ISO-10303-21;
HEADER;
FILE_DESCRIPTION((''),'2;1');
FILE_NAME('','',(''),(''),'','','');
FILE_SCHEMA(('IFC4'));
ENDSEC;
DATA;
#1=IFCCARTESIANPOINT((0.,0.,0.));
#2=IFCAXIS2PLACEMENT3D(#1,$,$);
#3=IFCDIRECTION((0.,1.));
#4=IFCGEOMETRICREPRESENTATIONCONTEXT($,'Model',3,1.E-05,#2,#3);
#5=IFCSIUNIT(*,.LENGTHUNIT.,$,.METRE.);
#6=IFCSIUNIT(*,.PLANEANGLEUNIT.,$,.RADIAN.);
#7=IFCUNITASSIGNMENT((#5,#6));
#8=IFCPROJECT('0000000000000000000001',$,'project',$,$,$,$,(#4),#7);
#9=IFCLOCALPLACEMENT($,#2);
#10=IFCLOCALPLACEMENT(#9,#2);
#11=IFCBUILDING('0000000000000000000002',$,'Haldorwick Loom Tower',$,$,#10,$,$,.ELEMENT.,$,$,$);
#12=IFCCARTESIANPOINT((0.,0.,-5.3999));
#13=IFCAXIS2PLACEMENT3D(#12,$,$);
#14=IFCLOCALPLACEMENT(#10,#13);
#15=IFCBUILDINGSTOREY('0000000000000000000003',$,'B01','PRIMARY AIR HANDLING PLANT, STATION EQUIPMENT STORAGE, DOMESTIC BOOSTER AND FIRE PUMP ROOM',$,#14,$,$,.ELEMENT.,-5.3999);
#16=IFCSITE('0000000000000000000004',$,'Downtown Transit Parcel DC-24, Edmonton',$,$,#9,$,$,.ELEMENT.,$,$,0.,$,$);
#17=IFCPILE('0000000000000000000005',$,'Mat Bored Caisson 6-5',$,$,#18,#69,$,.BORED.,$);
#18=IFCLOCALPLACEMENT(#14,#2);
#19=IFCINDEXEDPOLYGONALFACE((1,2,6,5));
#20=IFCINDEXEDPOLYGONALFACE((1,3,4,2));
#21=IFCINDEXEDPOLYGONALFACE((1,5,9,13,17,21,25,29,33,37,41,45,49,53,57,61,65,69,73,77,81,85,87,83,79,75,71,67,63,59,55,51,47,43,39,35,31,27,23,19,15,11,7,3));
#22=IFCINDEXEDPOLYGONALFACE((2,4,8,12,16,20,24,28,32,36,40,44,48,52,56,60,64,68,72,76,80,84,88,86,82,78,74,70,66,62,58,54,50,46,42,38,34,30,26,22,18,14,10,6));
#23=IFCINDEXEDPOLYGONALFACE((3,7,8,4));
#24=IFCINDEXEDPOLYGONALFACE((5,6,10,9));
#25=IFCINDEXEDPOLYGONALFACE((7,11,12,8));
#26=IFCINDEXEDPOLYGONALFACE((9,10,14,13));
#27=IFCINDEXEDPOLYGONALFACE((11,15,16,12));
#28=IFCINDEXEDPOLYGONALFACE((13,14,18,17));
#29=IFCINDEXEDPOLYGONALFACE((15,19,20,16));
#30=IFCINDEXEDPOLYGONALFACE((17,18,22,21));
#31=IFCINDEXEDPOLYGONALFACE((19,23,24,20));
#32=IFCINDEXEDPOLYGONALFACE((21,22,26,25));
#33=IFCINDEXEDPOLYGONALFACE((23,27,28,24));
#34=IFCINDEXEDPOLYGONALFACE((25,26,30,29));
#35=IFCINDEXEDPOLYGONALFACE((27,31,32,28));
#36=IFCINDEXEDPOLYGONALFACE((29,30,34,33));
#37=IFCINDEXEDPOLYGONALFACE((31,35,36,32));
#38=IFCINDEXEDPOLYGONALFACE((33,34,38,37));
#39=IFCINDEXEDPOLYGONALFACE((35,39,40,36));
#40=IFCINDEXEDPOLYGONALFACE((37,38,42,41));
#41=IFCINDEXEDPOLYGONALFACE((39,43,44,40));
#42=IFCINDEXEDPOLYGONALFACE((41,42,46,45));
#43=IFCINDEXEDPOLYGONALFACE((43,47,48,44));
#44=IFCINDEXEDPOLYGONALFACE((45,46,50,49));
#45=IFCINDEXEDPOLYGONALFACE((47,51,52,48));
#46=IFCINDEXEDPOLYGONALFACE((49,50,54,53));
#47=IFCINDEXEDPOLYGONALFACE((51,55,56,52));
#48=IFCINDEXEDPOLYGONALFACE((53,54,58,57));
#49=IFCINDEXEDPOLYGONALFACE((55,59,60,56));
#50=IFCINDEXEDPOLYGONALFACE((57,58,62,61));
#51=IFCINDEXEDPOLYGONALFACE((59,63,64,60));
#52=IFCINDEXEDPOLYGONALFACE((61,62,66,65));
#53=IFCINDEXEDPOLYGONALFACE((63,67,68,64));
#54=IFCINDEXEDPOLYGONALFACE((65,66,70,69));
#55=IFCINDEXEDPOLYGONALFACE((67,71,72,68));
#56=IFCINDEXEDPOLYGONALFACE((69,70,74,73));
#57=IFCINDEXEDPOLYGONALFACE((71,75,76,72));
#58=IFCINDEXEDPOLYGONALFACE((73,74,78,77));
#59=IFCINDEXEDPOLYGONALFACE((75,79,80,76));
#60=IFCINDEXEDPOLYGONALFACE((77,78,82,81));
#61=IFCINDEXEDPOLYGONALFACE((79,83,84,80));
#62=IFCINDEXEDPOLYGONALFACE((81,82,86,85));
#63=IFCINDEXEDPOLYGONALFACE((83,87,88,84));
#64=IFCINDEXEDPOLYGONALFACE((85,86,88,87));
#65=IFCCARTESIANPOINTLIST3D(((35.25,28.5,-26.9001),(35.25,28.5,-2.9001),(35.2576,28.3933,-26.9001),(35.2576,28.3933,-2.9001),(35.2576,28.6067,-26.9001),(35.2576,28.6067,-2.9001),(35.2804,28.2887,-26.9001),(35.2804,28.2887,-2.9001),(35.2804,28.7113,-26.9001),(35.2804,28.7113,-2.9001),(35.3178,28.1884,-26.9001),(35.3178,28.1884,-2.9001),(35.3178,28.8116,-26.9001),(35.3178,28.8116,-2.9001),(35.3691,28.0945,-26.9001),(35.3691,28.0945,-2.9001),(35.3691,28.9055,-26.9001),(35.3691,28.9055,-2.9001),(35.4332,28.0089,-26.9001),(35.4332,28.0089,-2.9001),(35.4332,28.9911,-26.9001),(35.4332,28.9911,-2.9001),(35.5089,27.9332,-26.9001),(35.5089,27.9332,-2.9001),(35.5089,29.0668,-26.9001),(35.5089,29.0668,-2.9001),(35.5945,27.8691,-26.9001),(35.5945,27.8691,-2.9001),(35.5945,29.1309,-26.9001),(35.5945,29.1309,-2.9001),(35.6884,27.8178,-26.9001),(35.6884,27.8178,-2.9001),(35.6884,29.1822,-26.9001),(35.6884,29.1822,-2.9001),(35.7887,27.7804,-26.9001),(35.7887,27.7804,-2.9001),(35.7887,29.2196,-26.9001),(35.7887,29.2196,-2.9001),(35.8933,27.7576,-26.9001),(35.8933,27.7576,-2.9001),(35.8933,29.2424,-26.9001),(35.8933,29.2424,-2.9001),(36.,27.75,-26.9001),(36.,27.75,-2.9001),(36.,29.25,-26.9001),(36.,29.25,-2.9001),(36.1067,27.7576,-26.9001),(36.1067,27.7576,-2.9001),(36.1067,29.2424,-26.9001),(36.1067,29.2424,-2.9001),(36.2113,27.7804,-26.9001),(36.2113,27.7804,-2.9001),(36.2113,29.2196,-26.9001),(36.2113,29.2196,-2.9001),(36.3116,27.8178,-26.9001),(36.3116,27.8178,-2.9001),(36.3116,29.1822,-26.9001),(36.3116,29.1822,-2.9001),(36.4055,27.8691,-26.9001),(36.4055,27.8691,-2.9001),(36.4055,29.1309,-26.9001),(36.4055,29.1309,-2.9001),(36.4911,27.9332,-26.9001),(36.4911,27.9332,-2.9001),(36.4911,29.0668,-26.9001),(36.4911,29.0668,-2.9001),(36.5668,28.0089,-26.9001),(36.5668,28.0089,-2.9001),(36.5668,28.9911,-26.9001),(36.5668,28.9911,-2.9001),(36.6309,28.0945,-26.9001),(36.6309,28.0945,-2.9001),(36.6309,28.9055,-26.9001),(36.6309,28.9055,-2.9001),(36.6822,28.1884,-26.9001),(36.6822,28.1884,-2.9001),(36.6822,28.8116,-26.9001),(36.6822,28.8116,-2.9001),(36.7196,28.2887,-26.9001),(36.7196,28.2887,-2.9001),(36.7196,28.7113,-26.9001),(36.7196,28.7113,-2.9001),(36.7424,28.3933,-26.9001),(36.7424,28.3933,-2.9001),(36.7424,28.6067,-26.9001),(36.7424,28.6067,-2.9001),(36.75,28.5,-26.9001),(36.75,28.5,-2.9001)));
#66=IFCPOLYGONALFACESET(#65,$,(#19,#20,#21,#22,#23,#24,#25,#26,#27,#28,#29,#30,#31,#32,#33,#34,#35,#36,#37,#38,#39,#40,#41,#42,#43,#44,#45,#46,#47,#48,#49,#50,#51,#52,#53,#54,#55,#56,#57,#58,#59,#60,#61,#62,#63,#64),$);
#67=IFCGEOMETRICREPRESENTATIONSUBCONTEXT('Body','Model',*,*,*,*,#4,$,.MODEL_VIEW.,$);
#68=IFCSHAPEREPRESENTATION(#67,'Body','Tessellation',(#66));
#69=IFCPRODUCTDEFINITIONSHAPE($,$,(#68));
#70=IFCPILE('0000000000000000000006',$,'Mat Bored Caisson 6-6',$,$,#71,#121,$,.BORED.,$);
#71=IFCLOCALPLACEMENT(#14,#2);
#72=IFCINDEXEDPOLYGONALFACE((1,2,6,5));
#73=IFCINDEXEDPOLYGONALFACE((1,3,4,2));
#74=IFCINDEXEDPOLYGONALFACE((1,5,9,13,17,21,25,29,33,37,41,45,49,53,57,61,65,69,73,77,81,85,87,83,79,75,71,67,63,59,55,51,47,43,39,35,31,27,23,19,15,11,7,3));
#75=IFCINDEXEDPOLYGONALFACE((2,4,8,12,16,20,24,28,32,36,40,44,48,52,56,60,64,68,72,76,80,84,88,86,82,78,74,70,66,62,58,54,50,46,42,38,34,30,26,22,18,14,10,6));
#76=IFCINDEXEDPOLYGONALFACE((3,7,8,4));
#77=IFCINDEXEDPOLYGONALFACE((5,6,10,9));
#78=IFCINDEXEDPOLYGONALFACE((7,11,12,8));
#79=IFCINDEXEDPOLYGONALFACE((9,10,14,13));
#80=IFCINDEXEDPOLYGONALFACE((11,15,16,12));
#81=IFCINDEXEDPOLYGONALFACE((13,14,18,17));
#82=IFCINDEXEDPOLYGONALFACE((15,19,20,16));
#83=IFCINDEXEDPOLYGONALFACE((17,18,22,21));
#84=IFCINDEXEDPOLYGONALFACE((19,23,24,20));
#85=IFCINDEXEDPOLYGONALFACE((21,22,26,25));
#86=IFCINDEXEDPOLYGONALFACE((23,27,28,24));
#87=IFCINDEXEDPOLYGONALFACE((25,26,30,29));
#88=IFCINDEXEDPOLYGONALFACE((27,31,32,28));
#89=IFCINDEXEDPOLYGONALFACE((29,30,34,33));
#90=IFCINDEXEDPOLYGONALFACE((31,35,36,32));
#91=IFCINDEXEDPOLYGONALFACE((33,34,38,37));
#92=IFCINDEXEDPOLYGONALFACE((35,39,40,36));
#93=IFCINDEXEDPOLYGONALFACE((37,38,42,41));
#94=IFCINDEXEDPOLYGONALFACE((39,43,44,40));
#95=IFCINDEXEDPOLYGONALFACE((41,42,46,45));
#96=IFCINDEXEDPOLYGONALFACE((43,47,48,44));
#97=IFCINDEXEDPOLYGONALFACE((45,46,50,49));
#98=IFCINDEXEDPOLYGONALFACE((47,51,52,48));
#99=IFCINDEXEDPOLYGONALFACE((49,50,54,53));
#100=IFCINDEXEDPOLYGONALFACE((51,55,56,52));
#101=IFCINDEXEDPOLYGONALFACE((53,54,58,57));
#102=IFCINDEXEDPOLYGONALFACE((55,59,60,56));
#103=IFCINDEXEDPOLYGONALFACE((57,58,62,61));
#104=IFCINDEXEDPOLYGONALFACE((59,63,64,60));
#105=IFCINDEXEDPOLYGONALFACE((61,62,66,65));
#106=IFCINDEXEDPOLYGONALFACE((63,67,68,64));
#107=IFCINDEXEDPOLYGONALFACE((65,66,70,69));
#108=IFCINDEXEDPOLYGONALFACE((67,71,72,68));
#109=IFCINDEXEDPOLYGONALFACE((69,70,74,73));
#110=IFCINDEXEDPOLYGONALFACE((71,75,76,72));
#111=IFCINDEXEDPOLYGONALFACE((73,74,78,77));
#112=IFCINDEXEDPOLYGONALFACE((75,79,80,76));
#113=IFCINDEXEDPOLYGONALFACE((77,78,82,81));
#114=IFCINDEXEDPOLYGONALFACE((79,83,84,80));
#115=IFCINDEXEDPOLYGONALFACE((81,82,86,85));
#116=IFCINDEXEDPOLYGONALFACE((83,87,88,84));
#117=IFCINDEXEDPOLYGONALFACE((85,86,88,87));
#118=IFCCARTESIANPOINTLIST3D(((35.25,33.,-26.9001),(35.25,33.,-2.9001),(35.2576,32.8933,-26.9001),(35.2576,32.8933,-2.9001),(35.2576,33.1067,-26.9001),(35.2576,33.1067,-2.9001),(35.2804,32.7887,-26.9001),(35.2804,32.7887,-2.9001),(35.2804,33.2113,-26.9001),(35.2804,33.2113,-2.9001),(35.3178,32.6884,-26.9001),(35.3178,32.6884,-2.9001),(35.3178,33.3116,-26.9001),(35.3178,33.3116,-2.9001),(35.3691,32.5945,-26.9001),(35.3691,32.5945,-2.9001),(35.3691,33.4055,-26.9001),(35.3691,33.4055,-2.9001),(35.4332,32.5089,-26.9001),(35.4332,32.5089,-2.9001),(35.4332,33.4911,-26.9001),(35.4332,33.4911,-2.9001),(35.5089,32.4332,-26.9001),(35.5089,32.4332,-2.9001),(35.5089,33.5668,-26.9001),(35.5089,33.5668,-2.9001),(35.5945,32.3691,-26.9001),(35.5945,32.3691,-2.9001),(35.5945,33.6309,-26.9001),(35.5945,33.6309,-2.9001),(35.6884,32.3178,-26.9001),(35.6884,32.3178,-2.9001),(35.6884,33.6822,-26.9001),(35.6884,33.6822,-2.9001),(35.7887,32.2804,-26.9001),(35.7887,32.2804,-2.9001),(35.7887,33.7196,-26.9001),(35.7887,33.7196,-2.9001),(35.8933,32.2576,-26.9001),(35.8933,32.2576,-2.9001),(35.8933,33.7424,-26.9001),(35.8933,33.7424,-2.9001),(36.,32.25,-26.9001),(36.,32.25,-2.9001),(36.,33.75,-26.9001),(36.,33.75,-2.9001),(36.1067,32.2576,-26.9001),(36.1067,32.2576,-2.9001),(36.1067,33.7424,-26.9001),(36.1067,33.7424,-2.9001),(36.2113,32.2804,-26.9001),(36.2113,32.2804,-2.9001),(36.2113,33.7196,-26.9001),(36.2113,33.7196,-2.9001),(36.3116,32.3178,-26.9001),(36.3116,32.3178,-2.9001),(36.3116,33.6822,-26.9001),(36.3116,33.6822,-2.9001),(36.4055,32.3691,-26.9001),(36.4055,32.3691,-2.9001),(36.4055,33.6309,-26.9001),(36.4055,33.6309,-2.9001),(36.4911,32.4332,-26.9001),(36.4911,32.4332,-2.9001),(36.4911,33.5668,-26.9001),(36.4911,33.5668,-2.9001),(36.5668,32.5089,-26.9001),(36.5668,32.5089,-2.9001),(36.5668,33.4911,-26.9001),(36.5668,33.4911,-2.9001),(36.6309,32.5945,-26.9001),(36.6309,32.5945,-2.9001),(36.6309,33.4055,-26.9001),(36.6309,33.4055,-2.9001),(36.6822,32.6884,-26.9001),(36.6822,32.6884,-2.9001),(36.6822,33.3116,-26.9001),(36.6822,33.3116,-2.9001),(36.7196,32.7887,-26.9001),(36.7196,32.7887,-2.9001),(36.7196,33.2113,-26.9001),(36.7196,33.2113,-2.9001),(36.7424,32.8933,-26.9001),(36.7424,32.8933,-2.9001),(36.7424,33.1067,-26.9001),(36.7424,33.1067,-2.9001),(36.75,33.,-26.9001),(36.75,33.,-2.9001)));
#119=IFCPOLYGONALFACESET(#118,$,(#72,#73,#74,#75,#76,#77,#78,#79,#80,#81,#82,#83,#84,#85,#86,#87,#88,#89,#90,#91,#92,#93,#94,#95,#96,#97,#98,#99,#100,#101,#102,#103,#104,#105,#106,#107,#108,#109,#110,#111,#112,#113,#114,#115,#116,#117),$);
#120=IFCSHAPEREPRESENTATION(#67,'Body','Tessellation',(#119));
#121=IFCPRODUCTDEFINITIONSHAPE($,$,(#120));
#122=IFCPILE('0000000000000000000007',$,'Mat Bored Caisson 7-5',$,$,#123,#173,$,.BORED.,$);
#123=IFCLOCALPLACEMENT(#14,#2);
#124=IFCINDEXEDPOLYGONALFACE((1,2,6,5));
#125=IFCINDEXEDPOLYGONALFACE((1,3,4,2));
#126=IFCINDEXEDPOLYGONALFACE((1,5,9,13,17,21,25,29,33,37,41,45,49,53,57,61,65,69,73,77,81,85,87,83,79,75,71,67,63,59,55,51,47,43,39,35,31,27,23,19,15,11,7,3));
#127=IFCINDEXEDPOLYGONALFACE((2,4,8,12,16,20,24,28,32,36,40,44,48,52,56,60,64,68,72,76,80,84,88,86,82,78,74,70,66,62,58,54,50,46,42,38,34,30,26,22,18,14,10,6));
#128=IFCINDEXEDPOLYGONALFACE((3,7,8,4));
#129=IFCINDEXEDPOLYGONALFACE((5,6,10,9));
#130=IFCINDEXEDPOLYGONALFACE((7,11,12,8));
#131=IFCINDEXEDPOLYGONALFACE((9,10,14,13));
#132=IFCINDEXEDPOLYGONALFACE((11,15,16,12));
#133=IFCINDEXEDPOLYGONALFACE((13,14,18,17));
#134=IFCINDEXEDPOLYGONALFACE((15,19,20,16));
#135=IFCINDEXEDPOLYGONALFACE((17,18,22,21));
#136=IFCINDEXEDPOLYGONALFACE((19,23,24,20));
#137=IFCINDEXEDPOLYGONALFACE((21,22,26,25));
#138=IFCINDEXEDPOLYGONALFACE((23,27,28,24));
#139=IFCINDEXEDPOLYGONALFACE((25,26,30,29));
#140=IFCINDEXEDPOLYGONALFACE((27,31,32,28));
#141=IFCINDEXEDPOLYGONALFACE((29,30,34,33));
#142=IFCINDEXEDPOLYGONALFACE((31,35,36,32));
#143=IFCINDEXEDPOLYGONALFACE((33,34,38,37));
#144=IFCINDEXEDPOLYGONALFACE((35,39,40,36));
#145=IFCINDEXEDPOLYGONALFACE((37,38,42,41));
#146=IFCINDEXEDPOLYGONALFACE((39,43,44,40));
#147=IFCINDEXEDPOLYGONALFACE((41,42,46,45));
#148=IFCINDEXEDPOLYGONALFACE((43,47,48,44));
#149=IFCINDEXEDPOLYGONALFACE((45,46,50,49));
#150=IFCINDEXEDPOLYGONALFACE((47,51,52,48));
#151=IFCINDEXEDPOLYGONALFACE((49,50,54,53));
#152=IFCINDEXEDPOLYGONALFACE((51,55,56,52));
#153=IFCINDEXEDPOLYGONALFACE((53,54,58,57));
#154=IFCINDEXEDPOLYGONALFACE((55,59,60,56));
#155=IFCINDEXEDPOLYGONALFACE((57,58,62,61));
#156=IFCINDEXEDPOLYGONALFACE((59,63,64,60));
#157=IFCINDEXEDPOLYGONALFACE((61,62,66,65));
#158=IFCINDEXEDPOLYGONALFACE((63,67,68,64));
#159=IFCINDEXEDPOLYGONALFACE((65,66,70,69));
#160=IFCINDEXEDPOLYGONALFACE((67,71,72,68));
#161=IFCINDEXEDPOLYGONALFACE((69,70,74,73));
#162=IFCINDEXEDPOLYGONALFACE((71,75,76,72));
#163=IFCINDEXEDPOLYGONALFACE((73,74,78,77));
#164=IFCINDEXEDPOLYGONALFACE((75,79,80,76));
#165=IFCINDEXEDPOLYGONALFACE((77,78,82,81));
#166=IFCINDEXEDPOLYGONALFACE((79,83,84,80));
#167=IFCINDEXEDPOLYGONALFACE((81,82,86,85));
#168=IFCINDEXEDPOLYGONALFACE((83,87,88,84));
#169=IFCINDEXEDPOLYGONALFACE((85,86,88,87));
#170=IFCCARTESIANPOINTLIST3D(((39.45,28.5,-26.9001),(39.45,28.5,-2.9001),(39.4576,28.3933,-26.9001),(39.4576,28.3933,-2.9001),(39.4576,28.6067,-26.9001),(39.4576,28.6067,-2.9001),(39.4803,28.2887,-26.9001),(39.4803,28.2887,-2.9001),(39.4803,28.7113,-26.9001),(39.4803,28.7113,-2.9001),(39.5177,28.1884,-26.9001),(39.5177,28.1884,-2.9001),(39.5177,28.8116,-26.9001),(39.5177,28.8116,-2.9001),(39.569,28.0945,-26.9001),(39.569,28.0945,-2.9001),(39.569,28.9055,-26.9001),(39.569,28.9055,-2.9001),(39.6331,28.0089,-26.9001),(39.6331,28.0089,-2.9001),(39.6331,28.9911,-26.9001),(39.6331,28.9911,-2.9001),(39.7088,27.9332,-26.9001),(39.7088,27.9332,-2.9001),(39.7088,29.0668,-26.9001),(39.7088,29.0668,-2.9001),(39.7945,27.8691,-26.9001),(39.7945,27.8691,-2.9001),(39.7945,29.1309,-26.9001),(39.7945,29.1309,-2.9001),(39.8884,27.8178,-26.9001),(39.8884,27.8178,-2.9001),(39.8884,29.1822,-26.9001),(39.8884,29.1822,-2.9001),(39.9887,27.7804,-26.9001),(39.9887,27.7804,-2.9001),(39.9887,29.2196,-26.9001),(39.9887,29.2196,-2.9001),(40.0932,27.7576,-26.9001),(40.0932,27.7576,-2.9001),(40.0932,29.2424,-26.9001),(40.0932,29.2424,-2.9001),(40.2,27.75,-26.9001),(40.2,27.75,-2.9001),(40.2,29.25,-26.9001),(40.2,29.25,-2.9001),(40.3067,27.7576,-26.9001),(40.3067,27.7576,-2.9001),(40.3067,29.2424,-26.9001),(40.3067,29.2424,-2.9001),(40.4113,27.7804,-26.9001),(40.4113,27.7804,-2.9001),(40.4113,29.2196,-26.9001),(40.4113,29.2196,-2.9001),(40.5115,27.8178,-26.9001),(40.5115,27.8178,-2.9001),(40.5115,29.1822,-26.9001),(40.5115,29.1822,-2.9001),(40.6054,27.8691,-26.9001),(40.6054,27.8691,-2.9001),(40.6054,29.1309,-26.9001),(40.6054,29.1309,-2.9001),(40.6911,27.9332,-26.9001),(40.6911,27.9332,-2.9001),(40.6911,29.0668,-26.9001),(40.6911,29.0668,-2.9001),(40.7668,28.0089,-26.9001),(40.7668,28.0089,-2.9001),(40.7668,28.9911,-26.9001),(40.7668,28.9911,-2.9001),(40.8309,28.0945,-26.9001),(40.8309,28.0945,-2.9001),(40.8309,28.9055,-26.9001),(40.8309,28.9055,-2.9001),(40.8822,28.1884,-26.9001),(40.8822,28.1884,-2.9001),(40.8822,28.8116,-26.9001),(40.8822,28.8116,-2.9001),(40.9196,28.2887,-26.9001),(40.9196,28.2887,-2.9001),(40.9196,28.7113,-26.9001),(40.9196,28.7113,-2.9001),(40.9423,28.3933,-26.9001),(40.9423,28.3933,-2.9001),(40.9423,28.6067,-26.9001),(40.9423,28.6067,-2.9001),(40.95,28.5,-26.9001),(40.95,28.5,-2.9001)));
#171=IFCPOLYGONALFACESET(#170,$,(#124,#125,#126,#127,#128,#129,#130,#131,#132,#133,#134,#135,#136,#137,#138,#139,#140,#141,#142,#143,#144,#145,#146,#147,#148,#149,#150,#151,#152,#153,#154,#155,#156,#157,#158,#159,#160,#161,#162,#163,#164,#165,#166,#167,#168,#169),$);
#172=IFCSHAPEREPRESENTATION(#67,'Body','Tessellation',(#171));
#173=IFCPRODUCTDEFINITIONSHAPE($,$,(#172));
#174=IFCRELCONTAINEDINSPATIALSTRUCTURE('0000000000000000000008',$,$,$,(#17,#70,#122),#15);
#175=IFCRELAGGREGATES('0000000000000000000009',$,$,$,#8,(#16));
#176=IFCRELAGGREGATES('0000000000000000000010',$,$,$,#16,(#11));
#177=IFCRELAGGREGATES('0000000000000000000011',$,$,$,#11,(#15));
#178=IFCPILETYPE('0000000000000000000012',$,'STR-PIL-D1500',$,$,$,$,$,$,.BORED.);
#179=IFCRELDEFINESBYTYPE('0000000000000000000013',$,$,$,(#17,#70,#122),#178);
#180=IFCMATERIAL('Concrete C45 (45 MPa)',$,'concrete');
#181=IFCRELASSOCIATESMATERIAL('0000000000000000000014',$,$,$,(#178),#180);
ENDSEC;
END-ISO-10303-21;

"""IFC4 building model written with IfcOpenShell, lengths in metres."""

from ifc_helpers import new_model, si_unit, direction, frame, origin, origin_2d, place, context, subcontext, project, spatial, circle, extrude, material, material_profile, profile_set, type_object, element, save


model = new_model("IFC4")

# Units and contexts
model_context = context("Model", 3, precision=1e-05, world=origin(), true_north=direction((0.0, 1.0)))
body_context = subcontext(model_context, "Body", "Model", "MODEL_VIEW")
ifc_project = project(units=[si_unit("LENGTHUNIT", "METRE"), si_unit("PLANEANGLEUNIT", "RADIAN")], contexts=[model_context])

# Site, building, storey
site_placement = place(None, origin())
site = spatial("IfcSite", under=ifc_project, at=site_placement, Name="Downtown Transit Parcel DC-24, Edmonton", CompositionType="ELEMENT", RefElevation=0.0)
building_placement = place(site_placement, origin())
building = spatial("IfcBuilding", under=site, at=building_placement, Name="Haldorwick Loom Tower", CompositionType="ELEMENT")
storey_placement = place(building_placement, frame((0.0, 0.0, -5.3999)))
storey = spatial("IfcBuildingStorey", under=building, at=storey_placement, Name="B01", Description="PRIMARY AIR HANDLING PLANT, STATION EQUIPMENT STORAGE, DOMESTIC BOOSTER AND FIRE PUMP ROOM", CompositionType="ELEMENT", Elevation=-5.3999)

# Piles
ifc_material_1 = material(Name="Concrete C45 (45 MPa)", Category="concrete")
ifc_material_profile_1 = material_profile(ifc_material_1, circle(Radius=0.75, at=origin_2d()), Name="CAISSON_D1500", Category="concrete")
ifc_profile_set_1 = profile_set([ifc_material_profile_1], Name="Concrete C45 (45 MPa)")
pile_type = type_object("IfcPileType", Name="STR-PIL-D1500", PredefinedType="BORED", material=ifc_profile_set_1)
for number, where, z_axis, x_axis, name in (
    (1, (36.0, 28.5, -2.9001), (0.0, 0.0, -1.0), (1.0, 0.0, 0.0), "Mat Bored Caisson 6-5"),
    (2, (36.0, 33.0, -2.9001), (0.0, 0.0, -1.0), (1.0, 0.0, 0.0), "Mat Bored Caisson 6-6"),
    (3, (40.2, 28.5, -2.9001), (0.0, 0.0, -1.0), (1.0, 0.0, 0.0), "Mat Bored Caisson 7-5"),
):
    element("IfcPile", number, at=place(storey_placement, frame(where, z_axis=z_axis, x_axis=x_axis)), inside=storey, type_object=pile_type, Name=name, PredefinedType="BORED", context=body_context, shape_type="SweptSolid", body=[
        extrude(circle(Radius=0.75, at=origin_2d()), origin(), (0.0, 0.0, 1.0), 24.0),
    ])

save(model, "model.ifc")
